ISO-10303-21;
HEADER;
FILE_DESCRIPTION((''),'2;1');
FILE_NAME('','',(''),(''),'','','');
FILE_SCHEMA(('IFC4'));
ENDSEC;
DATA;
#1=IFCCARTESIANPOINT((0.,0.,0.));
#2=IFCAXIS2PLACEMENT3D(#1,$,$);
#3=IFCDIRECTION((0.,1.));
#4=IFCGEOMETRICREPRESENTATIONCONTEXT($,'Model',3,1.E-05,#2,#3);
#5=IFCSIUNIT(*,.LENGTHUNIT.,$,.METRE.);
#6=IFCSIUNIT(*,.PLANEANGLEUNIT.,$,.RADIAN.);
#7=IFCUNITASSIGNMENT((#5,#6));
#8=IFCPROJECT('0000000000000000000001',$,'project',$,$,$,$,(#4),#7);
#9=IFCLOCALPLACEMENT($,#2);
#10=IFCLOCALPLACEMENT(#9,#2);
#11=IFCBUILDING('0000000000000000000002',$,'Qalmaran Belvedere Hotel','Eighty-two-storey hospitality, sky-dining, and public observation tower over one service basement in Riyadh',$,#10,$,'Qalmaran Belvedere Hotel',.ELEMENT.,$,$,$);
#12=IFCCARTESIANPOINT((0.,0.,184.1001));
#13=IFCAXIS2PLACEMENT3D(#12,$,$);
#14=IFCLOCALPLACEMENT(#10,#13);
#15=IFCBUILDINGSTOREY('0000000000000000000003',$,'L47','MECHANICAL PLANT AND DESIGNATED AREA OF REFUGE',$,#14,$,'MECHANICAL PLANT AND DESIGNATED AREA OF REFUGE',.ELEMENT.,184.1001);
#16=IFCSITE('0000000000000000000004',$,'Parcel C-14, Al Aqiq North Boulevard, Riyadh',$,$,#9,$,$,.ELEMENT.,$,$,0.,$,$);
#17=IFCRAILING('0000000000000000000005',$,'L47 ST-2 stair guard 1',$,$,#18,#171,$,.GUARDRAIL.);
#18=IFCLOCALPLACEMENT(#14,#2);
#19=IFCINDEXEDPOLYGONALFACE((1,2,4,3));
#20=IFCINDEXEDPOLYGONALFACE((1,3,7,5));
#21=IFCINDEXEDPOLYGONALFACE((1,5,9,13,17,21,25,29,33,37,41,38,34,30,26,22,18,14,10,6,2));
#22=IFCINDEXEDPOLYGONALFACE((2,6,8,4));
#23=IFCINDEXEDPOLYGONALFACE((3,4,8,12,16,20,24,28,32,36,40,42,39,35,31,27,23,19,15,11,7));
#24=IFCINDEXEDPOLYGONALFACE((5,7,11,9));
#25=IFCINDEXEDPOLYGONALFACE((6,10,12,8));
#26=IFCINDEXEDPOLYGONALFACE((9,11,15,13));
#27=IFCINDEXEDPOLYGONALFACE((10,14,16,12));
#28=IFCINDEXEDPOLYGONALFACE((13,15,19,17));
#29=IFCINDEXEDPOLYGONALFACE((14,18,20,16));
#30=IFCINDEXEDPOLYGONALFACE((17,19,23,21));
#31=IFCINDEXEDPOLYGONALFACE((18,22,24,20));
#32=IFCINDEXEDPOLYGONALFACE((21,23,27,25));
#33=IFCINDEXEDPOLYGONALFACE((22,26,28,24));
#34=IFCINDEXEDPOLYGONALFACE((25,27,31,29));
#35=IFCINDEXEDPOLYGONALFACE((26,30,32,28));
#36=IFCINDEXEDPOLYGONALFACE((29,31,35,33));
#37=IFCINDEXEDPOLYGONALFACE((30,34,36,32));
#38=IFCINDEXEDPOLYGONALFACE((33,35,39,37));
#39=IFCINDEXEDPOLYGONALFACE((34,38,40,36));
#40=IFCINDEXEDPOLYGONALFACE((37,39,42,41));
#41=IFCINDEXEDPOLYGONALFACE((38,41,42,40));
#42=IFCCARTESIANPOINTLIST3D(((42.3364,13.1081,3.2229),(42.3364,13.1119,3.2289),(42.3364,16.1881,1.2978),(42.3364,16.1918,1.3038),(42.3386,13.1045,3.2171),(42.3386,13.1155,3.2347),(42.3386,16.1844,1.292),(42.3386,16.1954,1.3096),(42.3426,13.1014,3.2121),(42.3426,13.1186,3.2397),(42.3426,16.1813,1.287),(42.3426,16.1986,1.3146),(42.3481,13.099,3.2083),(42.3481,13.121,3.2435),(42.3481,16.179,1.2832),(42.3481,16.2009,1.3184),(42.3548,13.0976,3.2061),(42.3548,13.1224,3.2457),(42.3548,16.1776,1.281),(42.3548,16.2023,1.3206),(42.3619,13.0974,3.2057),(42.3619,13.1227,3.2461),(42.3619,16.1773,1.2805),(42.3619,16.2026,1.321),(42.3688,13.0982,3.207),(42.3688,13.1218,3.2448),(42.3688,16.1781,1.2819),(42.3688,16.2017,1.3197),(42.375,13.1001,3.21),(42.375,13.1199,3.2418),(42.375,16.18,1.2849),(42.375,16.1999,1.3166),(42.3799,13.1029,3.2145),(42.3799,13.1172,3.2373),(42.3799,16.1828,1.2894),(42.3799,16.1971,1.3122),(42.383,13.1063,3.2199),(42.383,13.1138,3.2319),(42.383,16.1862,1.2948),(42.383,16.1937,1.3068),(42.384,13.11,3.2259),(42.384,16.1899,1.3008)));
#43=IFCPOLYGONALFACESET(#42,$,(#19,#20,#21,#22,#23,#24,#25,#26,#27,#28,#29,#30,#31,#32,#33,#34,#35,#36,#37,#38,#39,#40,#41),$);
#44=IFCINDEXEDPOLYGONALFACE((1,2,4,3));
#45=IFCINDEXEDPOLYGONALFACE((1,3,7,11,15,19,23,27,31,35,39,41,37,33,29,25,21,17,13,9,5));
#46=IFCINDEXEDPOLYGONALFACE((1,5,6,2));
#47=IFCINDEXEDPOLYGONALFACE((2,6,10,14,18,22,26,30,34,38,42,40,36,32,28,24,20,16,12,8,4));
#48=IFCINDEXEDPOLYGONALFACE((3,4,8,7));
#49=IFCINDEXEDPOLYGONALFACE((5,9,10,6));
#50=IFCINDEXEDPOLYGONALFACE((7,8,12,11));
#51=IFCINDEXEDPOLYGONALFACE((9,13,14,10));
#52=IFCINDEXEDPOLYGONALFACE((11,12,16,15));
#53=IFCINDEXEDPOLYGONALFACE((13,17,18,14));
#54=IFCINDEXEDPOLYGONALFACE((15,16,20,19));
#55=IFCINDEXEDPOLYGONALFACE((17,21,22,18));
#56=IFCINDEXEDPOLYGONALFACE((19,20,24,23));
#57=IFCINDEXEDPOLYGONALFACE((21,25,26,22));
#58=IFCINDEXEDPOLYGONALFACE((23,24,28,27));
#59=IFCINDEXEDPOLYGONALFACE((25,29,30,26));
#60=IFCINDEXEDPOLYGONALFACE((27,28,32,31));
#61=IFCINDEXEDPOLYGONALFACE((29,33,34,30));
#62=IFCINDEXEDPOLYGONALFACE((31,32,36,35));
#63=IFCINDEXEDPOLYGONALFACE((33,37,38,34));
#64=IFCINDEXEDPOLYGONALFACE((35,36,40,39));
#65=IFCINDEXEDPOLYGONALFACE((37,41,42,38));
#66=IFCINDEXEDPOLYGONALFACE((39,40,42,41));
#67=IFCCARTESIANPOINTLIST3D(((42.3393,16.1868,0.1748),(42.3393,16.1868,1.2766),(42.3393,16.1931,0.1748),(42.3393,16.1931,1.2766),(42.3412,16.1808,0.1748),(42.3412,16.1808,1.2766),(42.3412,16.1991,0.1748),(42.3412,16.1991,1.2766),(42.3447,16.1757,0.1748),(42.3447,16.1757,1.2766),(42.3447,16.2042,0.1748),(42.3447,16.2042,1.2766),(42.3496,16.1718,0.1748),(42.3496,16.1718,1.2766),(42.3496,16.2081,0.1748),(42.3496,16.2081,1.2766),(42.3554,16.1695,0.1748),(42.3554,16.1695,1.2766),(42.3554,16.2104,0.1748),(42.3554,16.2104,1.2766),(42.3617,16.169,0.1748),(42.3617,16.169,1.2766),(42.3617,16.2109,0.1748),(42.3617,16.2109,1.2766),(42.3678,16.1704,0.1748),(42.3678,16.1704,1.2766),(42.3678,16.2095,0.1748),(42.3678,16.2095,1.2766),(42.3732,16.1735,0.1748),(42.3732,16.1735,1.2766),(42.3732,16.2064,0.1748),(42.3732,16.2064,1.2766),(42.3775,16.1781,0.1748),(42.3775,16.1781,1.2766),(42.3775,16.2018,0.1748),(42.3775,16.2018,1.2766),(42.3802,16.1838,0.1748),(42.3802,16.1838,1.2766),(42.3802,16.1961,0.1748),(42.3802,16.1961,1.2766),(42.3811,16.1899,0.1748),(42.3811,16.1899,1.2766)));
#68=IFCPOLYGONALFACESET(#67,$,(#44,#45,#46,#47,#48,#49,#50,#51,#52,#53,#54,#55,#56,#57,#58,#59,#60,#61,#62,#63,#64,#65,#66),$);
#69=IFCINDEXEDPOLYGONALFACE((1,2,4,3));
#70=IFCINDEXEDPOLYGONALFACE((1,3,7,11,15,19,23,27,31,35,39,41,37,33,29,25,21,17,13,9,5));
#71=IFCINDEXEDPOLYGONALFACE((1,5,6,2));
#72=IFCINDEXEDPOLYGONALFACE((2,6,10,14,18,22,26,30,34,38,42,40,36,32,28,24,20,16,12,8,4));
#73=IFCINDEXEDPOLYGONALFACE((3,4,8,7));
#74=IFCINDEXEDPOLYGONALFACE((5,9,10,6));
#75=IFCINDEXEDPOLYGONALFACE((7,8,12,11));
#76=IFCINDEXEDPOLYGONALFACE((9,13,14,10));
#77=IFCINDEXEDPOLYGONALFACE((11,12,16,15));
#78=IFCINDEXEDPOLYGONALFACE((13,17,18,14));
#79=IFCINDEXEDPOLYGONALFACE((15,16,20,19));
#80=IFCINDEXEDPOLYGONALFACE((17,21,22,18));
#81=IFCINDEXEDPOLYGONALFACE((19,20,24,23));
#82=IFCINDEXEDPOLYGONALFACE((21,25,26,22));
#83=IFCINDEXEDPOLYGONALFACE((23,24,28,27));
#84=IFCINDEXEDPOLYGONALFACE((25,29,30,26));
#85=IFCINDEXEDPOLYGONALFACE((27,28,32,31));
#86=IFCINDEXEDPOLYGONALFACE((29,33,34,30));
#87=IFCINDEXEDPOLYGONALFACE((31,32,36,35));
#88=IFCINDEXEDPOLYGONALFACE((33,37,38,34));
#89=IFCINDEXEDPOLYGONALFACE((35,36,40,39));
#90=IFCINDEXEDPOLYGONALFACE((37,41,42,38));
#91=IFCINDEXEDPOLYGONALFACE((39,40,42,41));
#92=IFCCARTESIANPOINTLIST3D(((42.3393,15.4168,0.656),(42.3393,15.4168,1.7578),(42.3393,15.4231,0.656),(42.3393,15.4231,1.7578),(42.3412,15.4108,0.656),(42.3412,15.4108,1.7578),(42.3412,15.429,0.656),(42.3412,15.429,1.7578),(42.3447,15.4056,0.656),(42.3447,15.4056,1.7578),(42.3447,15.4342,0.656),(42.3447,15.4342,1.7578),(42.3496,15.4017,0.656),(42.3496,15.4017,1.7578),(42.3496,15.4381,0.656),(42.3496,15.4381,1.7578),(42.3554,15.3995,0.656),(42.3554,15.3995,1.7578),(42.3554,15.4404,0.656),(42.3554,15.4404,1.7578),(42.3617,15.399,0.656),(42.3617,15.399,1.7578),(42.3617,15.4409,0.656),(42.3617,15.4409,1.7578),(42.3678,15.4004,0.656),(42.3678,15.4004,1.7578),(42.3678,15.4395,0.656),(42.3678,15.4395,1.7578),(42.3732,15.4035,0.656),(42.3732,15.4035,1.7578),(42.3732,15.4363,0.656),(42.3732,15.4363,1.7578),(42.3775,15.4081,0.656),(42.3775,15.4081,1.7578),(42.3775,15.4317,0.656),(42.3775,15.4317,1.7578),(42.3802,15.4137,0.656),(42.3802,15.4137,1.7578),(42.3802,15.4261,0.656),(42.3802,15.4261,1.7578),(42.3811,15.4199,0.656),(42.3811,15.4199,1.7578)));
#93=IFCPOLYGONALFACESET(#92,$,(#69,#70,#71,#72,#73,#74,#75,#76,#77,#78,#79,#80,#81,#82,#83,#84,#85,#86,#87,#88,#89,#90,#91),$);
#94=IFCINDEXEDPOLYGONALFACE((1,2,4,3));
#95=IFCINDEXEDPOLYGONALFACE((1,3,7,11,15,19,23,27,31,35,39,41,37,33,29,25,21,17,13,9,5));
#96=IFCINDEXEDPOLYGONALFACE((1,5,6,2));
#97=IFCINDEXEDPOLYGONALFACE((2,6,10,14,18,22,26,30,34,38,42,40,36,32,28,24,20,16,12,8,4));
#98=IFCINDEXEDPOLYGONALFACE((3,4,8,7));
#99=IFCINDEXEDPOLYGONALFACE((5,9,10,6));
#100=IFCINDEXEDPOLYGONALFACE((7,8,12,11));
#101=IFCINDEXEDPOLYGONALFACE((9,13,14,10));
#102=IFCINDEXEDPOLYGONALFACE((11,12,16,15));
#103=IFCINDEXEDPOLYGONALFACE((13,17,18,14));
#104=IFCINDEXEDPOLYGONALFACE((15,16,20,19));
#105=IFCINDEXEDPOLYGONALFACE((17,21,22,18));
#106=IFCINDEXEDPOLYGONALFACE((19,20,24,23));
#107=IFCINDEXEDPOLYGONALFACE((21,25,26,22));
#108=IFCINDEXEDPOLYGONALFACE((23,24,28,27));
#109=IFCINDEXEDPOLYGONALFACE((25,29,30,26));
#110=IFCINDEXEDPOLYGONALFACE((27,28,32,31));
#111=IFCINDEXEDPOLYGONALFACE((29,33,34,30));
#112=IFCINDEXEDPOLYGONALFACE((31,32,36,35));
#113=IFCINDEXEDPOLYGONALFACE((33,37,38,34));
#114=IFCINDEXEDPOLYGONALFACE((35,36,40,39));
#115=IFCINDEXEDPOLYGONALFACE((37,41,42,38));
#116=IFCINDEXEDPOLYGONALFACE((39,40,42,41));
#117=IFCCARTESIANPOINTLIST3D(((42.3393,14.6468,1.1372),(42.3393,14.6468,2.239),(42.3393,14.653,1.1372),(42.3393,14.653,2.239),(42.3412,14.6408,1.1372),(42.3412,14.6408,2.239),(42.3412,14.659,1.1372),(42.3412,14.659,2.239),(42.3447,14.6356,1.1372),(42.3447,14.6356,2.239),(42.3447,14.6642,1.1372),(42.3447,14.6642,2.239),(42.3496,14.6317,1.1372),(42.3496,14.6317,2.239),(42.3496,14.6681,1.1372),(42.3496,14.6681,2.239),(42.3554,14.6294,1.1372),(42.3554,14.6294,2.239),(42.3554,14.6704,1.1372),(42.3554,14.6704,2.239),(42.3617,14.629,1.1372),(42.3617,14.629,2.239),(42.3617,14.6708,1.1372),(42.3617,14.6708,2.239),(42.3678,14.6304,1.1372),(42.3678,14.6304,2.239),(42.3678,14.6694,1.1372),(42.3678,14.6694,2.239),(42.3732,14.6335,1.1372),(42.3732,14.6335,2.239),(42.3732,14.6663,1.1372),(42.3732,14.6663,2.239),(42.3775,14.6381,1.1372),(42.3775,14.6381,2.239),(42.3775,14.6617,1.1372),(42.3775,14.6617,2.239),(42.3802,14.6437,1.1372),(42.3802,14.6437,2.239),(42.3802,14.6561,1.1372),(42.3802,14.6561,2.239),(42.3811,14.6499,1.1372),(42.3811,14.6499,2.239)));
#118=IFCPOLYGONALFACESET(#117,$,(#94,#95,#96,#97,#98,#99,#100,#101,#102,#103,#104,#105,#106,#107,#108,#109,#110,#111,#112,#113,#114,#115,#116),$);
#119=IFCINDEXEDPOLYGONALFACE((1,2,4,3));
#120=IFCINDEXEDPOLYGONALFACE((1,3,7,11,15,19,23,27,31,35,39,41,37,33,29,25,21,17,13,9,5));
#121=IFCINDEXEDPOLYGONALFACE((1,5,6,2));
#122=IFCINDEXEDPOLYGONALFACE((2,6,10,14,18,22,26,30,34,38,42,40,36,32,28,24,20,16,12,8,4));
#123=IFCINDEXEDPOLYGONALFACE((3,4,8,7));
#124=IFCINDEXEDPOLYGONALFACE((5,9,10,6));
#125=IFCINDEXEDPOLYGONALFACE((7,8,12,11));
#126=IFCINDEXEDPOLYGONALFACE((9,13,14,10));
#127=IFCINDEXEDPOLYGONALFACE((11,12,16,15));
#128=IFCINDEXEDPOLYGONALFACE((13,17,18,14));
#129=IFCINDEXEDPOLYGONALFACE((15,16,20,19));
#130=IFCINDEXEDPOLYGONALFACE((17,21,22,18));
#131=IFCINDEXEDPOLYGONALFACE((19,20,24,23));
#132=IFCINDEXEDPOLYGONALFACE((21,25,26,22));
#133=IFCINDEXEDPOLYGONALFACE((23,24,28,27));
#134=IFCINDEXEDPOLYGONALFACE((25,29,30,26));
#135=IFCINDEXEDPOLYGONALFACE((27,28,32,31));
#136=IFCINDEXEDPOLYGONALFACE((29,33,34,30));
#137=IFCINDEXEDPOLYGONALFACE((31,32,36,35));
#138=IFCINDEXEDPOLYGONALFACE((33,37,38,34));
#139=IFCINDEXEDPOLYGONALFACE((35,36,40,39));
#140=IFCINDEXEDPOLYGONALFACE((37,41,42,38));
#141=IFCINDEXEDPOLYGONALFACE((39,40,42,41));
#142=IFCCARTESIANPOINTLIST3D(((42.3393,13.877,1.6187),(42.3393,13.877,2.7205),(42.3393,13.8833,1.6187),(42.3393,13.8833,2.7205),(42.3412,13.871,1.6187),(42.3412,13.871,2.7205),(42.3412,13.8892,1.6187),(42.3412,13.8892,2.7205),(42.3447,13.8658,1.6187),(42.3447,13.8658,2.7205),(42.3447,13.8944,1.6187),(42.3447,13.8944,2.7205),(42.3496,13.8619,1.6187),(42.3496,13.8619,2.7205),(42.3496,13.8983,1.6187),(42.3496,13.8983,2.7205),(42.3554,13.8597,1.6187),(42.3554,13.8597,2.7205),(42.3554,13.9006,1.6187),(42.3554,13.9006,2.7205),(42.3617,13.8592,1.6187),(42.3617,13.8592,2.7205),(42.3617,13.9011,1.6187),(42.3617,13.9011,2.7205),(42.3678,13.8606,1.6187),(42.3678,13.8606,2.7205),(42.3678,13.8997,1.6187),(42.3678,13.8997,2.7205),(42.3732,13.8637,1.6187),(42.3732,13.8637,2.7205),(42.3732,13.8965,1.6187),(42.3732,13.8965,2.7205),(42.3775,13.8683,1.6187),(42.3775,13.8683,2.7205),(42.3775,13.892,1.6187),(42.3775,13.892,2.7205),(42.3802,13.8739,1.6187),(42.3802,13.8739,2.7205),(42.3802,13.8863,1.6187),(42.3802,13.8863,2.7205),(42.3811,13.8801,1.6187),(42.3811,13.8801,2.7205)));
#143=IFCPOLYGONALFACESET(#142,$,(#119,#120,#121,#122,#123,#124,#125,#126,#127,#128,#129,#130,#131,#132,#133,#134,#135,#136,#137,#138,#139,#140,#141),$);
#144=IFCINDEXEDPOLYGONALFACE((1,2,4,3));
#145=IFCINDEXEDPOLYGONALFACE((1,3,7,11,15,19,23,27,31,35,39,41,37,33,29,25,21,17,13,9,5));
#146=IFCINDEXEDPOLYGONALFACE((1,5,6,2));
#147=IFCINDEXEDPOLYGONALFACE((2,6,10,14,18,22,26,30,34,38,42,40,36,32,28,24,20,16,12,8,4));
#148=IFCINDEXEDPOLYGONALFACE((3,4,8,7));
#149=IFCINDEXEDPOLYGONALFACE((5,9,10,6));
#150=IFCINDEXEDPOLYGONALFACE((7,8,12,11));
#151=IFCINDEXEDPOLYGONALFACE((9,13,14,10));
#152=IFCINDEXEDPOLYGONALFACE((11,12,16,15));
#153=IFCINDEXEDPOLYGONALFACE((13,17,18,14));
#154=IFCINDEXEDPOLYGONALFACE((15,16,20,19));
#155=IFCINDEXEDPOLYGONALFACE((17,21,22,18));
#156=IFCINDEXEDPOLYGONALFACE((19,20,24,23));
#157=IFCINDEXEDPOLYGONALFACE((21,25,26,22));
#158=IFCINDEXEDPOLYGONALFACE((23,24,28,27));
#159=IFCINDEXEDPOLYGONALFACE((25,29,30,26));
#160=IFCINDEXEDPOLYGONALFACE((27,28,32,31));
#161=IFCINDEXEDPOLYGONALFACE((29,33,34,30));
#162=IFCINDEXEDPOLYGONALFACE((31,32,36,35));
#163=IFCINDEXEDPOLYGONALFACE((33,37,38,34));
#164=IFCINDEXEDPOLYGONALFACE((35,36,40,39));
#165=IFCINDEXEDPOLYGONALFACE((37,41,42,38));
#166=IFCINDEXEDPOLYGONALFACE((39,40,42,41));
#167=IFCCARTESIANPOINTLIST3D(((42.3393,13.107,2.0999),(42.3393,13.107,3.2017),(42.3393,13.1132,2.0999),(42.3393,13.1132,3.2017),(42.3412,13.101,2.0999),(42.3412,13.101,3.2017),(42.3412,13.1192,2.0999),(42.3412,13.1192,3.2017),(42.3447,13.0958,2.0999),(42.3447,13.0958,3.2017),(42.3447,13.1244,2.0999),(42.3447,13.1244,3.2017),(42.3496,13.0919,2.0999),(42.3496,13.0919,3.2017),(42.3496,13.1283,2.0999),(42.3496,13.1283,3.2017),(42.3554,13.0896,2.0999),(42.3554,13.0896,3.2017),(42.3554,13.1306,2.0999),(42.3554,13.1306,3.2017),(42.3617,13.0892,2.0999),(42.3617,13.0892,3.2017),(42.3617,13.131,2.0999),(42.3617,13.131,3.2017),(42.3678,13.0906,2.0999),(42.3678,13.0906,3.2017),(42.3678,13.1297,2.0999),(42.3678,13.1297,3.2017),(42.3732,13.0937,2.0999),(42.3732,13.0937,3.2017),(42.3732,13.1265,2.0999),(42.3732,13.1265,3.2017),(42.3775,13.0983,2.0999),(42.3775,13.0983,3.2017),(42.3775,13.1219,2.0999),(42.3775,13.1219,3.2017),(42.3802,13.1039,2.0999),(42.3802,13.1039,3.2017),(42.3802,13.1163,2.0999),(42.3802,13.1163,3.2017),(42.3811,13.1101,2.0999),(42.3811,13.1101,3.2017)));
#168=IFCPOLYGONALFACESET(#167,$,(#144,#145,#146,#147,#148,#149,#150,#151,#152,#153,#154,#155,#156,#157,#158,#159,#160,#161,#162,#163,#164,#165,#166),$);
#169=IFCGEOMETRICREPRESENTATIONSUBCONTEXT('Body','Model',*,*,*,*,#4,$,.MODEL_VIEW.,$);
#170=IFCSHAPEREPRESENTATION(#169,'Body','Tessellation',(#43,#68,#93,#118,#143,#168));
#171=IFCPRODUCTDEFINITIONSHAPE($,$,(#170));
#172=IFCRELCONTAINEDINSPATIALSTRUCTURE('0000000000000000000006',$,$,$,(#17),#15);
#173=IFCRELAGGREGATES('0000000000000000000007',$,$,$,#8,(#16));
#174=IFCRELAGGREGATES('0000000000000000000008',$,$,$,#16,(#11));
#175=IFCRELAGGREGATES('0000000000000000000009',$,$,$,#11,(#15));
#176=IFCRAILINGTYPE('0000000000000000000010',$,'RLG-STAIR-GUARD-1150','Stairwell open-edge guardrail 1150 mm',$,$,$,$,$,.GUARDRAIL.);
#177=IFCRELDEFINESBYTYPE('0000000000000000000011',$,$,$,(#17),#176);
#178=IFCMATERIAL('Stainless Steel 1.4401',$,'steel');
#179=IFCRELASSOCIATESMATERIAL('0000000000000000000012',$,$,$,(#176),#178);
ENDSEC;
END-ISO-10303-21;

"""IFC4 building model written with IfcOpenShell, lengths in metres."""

from ifc_helpers import new_model, si_unit, direction, frame, origin, origin_2d, place, context, subcontext, project, spatial, circle, extrude, material, type_object, element, save


model = new_model("IFC4")

# Units and contexts
model_context = context("Model", 3, precision=1e-05, world=origin(), true_north=direction((0.0, 1.0)))
body_context = subcontext(model_context, "Body", "Model", "MODEL_VIEW")
ifc_project = project(units=[si_unit("LENGTHUNIT", "METRE"), si_unit("PLANEANGLEUNIT", "RADIAN")], contexts=[model_context])

# Site, building, storey
site_placement = place(None, origin())
site = spatial("IfcSite", under=ifc_project, at=site_placement, Name="Parcel C-14, Al Aqiq North Boulevard, Riyadh", CompositionType="ELEMENT", RefElevation=0.0)
building_placement = place(site_placement, origin())
building = spatial("IfcBuilding", under=site, at=building_placement, Name="Qalmaran Belvedere Hotel", Description="Eighty-two-storey hospitality, sky-dining, and public observation tower over one service basement in Riyadh", LongName="Qalmaran Belvedere Hotel", CompositionType="ELEMENT")
storey_placement = place(building_placement, frame((0.0, 0.0, 184.1001)))
storey = spatial("IfcBuildingStorey", under=building, at=storey_placement, Name="L47", Description="MECHANICAL PLANT AND DESIGNATED AREA OF REFUGE", LongName="MECHANICAL PLANT AND DESIGNATED AREA OF REFUGE", CompositionType="ELEMENT", Elevation=184.1001)

# Shared definitions
ifc_material_1 = material(Name="Stainless Steel 1.4401", Category="steel")

# Railing
railing_type_1 = type_object("IfcRailingType", Name="RLG-STAIR-GUARD-1150", Description="Stairwell open-edge guardrail 1150 mm", PredefinedType="GUARDRAIL", material=ifc_material_1)
railing_1_placement = place(storey_placement, frame((42.3601, 16.1899, 0.1748)))
element("IfcRailing", 1, at=railing_1_placement, inside=storey, type_object=railing_type_1, Name="L47 ST-2 stair guard 1", PredefinedType="GUARDRAIL", context=body_context, shape_type="SweptSolid", body=[
    extrude(circle(Radius=0.0239, at=origin_2d()), frame((0.0, 0.0, 1.126), z_axis=(0.0, -0.847979, 0.530029), x_axis=(1.0, 0.0, 0.0)), (0.0, 0.0, 1.0), 3.6321),
    extrude(circle(Radius=0.021, at=origin_2d()), origin(), (0.0, 0.0, 1.0), 1.1018),
    extrude(circle(Radius=0.021, at=origin_2d()), frame((0.0, -0.77, 0.4812)), (0.0, 0.0, 1.0), 1.1018),
    extrude(circle(Radius=0.021, at=origin_2d()), frame((0.0, -1.54, 0.9624)), (0.0, 0.0, 1.0), 1.1018),
    extrude(circle(Radius=0.021, at=origin_2d()), frame((0.0, -2.3098, 1.4438)), (0.0, 0.0, 1.0), 1.1018),
    extrude(circle(Radius=0.021, at=origin_2d()), frame((0.0, -3.0798, 1.925)), (0.0, 0.0, 1.0), 1.1018),
])

save(model, "model.ifc")
